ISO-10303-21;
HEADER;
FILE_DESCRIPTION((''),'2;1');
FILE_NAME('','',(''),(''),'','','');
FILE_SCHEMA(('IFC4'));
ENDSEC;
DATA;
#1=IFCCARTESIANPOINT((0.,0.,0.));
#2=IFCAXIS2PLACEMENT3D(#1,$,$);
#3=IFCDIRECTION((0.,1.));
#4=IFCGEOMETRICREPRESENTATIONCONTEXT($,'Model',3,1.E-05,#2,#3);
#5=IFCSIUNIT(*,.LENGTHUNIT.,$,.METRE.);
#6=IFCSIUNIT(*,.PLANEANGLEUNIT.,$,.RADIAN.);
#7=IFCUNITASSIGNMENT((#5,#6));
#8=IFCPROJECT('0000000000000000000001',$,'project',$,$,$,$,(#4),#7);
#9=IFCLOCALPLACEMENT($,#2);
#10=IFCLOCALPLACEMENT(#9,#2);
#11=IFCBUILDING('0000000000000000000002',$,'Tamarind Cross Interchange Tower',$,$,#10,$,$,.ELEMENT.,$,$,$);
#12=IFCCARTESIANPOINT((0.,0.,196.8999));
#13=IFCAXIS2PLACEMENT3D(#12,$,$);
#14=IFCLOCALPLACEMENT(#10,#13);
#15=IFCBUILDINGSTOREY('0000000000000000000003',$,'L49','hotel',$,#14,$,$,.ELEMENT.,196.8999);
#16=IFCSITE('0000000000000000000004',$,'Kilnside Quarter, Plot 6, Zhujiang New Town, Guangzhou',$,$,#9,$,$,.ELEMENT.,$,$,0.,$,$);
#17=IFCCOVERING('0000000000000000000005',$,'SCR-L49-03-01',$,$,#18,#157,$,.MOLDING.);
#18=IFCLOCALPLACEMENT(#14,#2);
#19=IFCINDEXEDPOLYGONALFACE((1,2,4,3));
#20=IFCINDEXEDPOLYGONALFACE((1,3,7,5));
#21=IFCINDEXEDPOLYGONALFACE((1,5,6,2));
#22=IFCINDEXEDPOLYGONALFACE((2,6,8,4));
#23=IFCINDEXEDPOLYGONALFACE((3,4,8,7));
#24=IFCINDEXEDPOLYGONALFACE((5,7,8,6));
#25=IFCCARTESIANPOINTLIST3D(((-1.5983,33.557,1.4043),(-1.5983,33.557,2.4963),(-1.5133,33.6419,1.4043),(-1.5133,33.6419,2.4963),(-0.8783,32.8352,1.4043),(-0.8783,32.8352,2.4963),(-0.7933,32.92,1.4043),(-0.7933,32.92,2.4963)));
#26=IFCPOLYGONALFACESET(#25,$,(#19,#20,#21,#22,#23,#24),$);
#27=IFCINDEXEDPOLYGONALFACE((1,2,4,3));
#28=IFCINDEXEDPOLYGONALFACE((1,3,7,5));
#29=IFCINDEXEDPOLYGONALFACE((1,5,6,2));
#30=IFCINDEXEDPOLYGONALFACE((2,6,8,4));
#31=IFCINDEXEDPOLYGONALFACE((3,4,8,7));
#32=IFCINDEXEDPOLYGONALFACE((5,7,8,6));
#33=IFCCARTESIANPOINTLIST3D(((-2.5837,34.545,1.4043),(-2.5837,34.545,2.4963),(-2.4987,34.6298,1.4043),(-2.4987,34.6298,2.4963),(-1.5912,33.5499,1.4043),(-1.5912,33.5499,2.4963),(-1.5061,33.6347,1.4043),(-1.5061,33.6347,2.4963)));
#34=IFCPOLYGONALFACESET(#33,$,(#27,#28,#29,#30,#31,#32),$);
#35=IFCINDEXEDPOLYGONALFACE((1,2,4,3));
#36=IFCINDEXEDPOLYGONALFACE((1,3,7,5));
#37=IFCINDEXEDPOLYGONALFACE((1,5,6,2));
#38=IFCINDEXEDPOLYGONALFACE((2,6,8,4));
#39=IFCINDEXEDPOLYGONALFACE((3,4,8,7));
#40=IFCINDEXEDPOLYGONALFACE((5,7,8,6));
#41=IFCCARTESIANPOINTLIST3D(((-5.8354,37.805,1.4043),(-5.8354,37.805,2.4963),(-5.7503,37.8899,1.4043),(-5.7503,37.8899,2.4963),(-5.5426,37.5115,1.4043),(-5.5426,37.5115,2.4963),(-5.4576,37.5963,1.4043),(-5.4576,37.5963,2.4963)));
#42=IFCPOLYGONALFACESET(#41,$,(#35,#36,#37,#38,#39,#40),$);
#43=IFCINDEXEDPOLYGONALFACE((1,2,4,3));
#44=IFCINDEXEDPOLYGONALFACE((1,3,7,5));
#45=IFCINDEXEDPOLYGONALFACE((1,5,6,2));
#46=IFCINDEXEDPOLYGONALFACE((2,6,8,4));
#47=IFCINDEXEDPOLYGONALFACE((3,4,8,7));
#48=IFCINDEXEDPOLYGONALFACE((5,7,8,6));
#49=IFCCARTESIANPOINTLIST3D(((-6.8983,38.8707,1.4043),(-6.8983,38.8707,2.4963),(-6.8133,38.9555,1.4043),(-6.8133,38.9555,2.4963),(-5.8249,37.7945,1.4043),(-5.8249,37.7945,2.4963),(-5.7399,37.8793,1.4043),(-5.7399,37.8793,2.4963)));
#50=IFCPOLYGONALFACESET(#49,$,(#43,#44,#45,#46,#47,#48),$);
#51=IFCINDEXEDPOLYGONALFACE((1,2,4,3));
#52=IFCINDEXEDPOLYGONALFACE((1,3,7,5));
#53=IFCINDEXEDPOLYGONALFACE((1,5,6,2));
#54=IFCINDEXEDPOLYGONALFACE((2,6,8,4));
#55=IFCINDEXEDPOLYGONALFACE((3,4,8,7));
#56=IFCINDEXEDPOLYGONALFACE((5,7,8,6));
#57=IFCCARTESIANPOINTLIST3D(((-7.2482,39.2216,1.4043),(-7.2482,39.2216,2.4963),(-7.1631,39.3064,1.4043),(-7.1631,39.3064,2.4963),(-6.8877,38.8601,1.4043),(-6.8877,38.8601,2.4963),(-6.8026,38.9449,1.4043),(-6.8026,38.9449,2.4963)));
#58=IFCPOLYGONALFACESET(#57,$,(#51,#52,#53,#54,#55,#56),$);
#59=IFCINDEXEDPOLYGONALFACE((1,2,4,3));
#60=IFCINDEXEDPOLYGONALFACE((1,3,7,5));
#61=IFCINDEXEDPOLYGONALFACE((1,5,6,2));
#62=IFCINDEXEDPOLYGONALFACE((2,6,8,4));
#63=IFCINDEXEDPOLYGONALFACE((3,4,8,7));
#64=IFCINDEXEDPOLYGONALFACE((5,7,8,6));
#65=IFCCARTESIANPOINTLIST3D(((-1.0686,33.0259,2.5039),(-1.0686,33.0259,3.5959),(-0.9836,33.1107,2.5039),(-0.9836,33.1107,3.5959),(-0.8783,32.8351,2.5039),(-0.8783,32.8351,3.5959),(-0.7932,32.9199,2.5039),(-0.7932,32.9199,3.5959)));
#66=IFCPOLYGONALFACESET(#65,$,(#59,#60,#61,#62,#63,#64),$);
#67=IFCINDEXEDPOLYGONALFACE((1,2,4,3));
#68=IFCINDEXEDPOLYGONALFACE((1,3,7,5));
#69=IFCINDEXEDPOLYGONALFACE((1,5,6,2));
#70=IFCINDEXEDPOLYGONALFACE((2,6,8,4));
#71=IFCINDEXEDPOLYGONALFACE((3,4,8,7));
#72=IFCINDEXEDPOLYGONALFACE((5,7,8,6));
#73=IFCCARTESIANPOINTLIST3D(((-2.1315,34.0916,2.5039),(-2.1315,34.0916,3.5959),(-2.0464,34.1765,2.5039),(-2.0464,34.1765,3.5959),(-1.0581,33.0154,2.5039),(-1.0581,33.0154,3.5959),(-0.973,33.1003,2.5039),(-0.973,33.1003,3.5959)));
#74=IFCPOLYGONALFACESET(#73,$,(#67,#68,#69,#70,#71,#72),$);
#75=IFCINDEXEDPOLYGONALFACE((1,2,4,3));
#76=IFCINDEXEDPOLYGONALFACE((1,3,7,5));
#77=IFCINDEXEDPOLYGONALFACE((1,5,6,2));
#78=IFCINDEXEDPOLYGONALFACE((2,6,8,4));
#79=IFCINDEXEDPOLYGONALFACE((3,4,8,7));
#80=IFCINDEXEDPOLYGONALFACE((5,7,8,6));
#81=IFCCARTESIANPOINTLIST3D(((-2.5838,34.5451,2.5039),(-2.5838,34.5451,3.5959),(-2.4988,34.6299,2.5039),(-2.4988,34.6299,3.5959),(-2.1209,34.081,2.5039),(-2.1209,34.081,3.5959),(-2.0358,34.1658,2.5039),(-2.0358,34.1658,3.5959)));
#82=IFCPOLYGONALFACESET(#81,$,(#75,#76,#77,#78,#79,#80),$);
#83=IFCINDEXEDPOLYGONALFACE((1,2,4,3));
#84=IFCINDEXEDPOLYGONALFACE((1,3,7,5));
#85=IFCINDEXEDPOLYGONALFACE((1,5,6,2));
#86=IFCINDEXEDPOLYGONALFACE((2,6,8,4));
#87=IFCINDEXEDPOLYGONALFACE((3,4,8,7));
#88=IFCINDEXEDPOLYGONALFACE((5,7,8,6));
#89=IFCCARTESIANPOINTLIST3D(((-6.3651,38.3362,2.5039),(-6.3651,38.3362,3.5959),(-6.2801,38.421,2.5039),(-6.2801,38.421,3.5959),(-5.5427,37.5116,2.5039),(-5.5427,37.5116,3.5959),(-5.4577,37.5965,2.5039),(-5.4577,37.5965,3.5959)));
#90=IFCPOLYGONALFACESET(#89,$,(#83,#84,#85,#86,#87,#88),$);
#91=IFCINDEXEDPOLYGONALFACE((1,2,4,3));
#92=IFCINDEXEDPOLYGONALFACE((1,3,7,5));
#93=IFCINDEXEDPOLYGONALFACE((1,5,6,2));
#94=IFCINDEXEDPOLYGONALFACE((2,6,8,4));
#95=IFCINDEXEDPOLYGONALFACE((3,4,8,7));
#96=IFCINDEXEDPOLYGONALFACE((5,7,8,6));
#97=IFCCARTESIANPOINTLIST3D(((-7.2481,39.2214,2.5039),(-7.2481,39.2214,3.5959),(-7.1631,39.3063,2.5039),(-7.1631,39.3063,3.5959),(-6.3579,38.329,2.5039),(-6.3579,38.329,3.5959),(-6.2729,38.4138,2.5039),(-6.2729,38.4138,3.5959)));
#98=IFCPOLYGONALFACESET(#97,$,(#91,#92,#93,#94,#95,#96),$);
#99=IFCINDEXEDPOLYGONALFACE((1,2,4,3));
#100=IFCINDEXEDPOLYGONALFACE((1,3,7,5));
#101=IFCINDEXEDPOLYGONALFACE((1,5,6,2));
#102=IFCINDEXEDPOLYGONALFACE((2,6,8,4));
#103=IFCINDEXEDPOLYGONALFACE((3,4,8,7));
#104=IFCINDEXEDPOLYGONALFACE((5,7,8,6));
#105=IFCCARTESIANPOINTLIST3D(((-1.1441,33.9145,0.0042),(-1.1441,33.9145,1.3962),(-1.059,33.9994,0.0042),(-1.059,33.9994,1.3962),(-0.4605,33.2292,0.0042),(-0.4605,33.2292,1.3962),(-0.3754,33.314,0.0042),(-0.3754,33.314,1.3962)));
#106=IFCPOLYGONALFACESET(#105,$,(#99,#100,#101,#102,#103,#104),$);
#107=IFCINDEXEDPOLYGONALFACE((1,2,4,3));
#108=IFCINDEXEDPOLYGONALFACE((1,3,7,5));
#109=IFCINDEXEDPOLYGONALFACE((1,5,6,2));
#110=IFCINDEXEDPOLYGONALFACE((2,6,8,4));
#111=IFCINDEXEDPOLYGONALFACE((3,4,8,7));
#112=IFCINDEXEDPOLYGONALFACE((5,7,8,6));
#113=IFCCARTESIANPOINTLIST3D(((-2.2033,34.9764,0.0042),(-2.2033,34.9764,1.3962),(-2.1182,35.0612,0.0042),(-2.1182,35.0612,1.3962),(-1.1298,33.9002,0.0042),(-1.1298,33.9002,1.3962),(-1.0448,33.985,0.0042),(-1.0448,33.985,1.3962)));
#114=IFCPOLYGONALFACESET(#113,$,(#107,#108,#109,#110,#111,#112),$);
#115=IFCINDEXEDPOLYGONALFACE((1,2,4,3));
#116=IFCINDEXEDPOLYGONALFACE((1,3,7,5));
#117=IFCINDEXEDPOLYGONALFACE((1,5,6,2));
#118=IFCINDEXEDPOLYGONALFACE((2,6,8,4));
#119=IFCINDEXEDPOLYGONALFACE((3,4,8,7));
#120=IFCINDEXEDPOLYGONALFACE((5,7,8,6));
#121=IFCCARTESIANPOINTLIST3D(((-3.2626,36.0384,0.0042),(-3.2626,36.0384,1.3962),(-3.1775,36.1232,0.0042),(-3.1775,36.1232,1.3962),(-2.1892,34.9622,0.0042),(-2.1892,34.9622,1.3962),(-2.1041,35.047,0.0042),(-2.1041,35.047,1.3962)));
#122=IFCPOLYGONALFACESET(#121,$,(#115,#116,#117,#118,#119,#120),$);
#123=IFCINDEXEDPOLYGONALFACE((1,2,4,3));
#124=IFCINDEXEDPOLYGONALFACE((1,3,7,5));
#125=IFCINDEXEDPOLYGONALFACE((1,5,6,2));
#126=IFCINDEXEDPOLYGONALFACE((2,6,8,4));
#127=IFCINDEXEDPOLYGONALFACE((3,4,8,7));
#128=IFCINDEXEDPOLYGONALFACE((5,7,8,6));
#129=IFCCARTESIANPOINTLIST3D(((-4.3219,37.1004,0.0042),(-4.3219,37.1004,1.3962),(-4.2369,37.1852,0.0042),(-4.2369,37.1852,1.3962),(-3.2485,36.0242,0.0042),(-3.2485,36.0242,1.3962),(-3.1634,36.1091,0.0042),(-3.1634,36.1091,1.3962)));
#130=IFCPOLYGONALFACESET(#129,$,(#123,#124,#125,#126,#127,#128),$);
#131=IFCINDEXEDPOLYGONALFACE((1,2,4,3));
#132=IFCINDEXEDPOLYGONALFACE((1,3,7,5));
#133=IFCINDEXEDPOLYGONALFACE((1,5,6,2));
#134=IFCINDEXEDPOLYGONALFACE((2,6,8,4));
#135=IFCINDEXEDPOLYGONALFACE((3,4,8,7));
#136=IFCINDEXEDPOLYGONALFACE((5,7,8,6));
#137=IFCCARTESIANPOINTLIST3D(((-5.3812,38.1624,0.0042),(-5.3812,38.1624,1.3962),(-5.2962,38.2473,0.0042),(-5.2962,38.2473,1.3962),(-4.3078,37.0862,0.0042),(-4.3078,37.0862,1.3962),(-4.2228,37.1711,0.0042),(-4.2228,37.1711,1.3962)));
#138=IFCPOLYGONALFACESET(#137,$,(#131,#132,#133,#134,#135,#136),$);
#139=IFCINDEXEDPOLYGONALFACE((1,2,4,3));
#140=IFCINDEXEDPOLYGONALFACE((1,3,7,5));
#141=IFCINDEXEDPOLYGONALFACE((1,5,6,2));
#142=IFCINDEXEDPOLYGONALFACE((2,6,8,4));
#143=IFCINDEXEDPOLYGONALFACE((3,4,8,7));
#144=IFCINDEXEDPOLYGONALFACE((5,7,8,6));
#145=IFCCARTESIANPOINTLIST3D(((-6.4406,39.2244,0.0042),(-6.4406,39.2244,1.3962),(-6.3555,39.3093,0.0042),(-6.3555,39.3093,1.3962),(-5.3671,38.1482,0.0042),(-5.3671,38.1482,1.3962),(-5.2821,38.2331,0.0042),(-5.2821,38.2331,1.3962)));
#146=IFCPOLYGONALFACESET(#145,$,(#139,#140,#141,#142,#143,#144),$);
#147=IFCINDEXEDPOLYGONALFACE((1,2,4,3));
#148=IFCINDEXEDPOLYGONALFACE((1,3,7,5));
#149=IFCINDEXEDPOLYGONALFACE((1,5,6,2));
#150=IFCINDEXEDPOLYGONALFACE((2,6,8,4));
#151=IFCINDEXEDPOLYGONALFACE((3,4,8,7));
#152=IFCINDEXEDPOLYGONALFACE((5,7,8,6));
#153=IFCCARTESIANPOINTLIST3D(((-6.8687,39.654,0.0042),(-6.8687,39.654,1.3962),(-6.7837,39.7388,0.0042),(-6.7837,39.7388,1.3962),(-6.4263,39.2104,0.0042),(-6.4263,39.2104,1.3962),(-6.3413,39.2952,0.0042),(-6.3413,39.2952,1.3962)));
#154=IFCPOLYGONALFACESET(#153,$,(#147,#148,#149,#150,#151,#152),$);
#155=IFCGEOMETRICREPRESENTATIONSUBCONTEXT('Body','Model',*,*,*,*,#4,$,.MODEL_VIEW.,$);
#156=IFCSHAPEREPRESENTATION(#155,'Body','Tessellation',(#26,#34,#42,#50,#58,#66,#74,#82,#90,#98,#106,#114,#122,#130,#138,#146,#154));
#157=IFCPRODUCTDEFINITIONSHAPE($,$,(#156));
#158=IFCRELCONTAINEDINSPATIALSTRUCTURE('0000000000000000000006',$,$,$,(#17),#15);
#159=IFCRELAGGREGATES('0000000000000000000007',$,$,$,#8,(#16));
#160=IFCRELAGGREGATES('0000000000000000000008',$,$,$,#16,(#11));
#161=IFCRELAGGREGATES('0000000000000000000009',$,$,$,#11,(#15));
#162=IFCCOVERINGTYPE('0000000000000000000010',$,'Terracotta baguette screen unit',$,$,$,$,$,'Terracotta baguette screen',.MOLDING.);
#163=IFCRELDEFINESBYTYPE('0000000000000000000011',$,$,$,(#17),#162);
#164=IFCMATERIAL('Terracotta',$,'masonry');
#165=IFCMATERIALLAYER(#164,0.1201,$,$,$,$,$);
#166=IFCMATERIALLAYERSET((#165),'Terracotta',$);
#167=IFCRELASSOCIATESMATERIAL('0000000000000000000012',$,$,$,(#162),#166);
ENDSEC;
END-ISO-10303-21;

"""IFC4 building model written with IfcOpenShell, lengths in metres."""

from ifc_helpers import new_model, si_unit, direction, frame, origin, origin_2d, place, context, subcontext, project, spatial, rectangle, extrude, material, layer, layer_set, type_object, element, save


model = new_model("IFC4")

# Units and contexts
model_context = context("Model", 3, precision=1e-05, world=origin(), true_north=direction((0.0, 1.0)))
body_context = subcontext(model_context, "Body", "Model", "MODEL_VIEW")
ifc_project = project(units=[si_unit("LENGTHUNIT", "METRE"), si_unit("PLANEANGLEUNIT", "RADIAN")], contexts=[model_context])

# Site, building, storey
site_placement = place(None, origin())
site = spatial("IfcSite", under=ifc_project, at=site_placement, Name="Kilnside Quarter, Plot 6, Zhujiang New Town, Guangzhou", CompositionType="ELEMENT", RefElevation=0.0)
building_placement = place(site_placement, origin())
building = spatial("IfcBuilding", under=site, at=building_placement, Name="Tamarind Cross Interchange Tower", CompositionType="ELEMENT")
storey_placement = place(building_placement, frame((0.0, 0.0, 196.8999)))
storey = spatial("IfcBuildingStorey", under=building, at=storey_placement, Name="L49", Description="hotel", CompositionType="ELEMENT", Elevation=196.8999)

# Covering
ifc_material_1 = material(Name="Terracotta", Category="masonry")
ifc_layer_1 = layer(ifc_material_1, 0.1201)
ifc_layer_set_1 = layer_set([ifc_layer_1], Name="Terracotta")
covering_type = type_object("IfcCoveringType", Name="Terracotta baguette screen unit", ElementType="Terracotta baguette screen", PredefinedType="MOLDING", material=ifc_layer_set_1)
covering_1_placement = place(storey_placement, origin())
element("IfcCovering", 1, at=covering_1_placement, inside=storey, type_object=covering_type, Name="SCR-L49-03-01", PredefinedType="MOLDING", context=body_context, shape_type="SweptSolid", body=[
    extrude(rectangle(XDim=1.0195, YDim=0.1201, at=origin_2d()), frame((-1.1958, 33.2385, 1.4043), z_axis=(0.0, 0.0, 1.0), x_axis=(-0.706198, 0.708015, 0.0)), (0.0, 0.0, 1.0), 1.092),
    extrude(rectangle(XDim=1.4055, YDim=0.1201, at=origin_2d()), frame((-2.0449, 34.0898, 1.4043), z_axis=(0.0, 0.0, 1.0), x_axis=(-0.706198, 0.708015, 0.0)), (0.0, 0.0, 1.0), 1.092),
    extrude(rectangle(XDim=0.4146, YDim=0.1201, at=origin_2d()), frame((-5.6465, 37.7007, 1.4043), z_axis=(0.0, 0.0, 1.0), x_axis=(-0.706198, 0.708015, 0.0)), (0.0, 0.0, 1.0), 1.092),
    extrude(rectangle(XDim=1.52, YDim=0.1201, at=origin_2d()), frame((-6.3191, 38.375, 1.4043), z_axis=(0.0, 0.0, 1.0), x_axis=(-0.706198, 0.708015, 0.0)), (0.0, 0.0, 1.0), 1.092),
    extrude(rectangle(XDim=0.5105, YDim=0.1201, at=origin_2d()), frame((-7.0254, 39.0833, 1.4043), z_axis=(0.0, 0.0, 1.0), x_axis=(-0.706198, 0.708015, 0.0)), (0.0, 0.0, 1.0), 1.092),
    extrude(rectangle(XDim=0.2695, YDim=0.1201, at=origin_2d()), frame((-0.9309, 32.9729, 2.5039), z_axis=(0.0, 0.0, 1.0), x_axis=(-0.706198, 0.708015, 0.0)), (0.0, 0.0, 1.0), 1.092),
    extrude(rectangle(XDim=1.52, YDim=0.1201, at=origin_2d()), frame((-1.5522, 33.5959, 2.5039), z_axis=(0.0, 0.0, 1.0), x_axis=(-0.706198, 0.708015, 0.0)), (0.0, 0.0, 1.0), 1.092),
    extrude(rectangle(XDim=0.6555, YDim=0.1201, at=origin_2d()), frame((-2.3098, 34.3555, 2.5039), z_axis=(0.0, 0.0, 1.0), x_axis=(-0.706198, 0.708015, 0.0)), (0.0, 0.0, 1.0), 1.092),
    extrude(rectangle(XDim=1.1646, YDim=0.1201, at=origin_2d()), frame((-5.9114, 37.9663, 2.5039), z_axis=(0.0, 0.0, 1.0), x_axis=(-0.706198, 0.708015, 0.0)), (0.0, 0.0, 1.0), 1.092),
    extrude(rectangle(XDim=1.2605, YDim=0.1201, at=origin_2d()), frame((-6.7605, 38.8176, 2.5039), z_axis=(0.0, 0.0, 1.0), x_axis=(-0.706198, 0.708015, 0.0)), (0.0, 0.0, 1.0), 1.092),
    extrude(rectangle(XDim=0.968, YDim=0.1201, at=origin_2d()), frame((-0.7598, 33.6143, 0.0042), z_axis=(0.0, 0.0, 1.0), x_axis=(-0.706198, 0.708015, 0.0)), (0.0, 0.0, 1.0), 1.3921),
    extrude(rectangle(XDim=1.52, YDim=0.1201, at=origin_2d()), frame((-1.624, 34.4807, 0.0042), z_axis=(0.0, 0.0, 1.0), x_axis=(-0.706198, 0.708015, 0.0)), (0.0, 0.0, 1.0), 1.3921),
    extrude(rectangle(XDim=1.52, YDim=0.1201, at=origin_2d()), frame((-2.6833, 35.5427, 0.0042), z_axis=(0.0, 0.0, 1.0), x_axis=(-0.706198, 0.708015, 0.0)), (0.0, 0.0, 1.0), 1.3921),
    extrude(rectangle(XDim=1.52, YDim=0.1201, at=origin_2d()), frame((-3.7427, 36.6047, 0.0042), z_axis=(0.0, 0.0, 1.0), x_axis=(-0.706198, 0.708015, 0.0)), (0.0, 0.0, 1.0), 1.3921),
    extrude(rectangle(XDim=1.52, YDim=0.1201, at=origin_2d()), frame((-4.802, 37.6667, 0.0042), z_axis=(0.0, 0.0, 1.0), x_axis=(-0.706198, 0.708015, 0.0)), (0.0, 0.0, 1.0), 1.3921),
    extrude(rectangle(XDim=1.52, YDim=0.1201, at=origin_2d()), frame((-5.8613, 38.7288, 0.0042), z_axis=(0.0, 0.0, 1.0), x_axis=(-0.706198, 0.708015, 0.0)), (0.0, 0.0, 1.0), 1.3921),
    extrude(rectangle(XDim=0.6265, YDim=0.1201, at=origin_2d()), frame((-6.605, 39.4746, 0.0042), z_axis=(0.0, 0.0, 1.0), x_axis=(-0.706198, 0.708015, 0.0)), (0.0, 0.0, 1.0), 1.3921),
])

save(model, "model.ifc")
